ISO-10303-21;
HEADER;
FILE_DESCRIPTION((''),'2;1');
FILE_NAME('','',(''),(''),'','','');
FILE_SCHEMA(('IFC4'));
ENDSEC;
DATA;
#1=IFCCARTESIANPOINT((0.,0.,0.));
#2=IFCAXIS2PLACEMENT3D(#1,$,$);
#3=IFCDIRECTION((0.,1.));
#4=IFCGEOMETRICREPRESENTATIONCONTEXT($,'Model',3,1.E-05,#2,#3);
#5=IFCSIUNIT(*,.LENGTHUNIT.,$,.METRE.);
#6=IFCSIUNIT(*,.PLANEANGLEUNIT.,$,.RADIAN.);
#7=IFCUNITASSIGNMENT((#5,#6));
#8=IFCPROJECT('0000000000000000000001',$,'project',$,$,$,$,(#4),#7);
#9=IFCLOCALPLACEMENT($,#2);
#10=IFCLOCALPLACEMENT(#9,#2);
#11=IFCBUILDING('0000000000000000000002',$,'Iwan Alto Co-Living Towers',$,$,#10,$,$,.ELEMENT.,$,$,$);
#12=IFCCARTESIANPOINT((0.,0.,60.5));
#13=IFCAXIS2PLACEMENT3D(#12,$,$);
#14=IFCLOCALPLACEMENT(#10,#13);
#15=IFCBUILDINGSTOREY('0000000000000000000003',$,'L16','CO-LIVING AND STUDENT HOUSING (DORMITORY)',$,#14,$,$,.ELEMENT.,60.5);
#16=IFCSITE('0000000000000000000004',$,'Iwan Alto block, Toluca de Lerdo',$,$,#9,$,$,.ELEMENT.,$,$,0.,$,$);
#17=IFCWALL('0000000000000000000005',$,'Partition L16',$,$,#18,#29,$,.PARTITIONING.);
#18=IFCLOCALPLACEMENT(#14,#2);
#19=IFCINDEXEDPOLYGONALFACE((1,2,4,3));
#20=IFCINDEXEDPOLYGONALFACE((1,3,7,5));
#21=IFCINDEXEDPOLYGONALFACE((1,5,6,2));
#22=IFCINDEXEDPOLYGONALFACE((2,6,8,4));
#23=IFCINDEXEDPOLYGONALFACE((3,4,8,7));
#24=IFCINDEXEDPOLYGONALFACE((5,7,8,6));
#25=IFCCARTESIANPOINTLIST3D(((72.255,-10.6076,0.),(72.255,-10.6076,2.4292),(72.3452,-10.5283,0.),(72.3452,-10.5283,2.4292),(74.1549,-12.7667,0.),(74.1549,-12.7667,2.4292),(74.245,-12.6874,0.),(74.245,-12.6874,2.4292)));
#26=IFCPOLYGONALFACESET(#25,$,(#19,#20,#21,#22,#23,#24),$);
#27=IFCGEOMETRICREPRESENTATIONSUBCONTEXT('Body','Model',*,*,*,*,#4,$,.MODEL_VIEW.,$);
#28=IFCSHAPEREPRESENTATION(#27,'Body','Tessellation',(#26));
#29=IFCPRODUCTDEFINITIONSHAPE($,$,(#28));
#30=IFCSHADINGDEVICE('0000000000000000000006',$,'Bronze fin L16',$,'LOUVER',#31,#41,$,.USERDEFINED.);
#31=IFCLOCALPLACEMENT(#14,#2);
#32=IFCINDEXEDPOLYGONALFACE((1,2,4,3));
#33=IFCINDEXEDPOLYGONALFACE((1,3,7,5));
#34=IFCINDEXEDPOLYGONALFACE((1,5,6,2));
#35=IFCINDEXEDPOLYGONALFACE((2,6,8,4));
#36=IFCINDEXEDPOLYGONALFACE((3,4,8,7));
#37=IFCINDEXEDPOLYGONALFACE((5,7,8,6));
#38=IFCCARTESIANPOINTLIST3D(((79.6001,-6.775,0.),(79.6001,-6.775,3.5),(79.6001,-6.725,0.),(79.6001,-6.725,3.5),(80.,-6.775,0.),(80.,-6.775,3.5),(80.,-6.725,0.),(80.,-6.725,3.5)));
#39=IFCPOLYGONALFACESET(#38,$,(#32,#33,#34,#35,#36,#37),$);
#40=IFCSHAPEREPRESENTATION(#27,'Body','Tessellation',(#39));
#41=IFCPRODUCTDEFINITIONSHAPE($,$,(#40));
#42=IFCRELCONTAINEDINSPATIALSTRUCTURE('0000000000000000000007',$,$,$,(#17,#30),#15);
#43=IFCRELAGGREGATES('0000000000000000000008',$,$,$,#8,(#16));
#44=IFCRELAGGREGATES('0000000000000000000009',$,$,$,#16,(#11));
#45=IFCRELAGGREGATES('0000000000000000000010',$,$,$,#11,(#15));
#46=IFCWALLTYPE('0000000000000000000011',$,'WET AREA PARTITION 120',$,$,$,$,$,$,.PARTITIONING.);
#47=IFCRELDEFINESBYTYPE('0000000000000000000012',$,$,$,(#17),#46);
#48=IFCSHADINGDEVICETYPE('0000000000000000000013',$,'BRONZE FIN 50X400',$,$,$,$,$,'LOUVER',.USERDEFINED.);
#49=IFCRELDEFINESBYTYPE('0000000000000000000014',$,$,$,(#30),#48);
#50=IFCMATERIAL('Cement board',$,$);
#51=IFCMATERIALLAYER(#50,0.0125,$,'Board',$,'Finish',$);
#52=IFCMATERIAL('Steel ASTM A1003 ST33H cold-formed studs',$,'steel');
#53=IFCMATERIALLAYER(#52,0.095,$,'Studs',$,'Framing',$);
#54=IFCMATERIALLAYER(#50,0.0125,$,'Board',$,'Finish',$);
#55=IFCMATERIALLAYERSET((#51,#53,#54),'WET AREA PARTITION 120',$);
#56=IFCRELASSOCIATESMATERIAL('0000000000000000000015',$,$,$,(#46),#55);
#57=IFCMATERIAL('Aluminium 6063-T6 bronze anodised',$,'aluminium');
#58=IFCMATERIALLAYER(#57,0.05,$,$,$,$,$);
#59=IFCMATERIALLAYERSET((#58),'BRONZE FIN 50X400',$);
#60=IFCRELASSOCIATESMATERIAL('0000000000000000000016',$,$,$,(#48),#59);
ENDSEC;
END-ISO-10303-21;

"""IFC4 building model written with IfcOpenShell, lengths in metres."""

from ifc_helpers import new_model, si_unit, direction, frame, frame_2d, origin, origin_2d, place, context, subcontext, project, spatial, rectangle, extrude, material, layer, layer_set, type_object, element, save


model = new_model("IFC4")

# Units and contexts
model_context = context("Model", 3, precision=1e-05, world=origin(), true_north=direction((0.0, 1.0)))
body_context = subcontext(model_context, "Body", "Model", "MODEL_VIEW")
ifc_project = project(units=[si_unit("LENGTHUNIT", "METRE"), si_unit("PLANEANGLEUNIT", "RADIAN")], contexts=[model_context])

# Site, building, storey
site_placement = place(None, origin())
site = spatial("IfcSite", under=ifc_project, at=site_placement, Name="Iwan Alto block, Toluca de Lerdo", CompositionType="ELEMENT", RefElevation=0.0)
building_placement = place(site_placement, origin())
building = spatial("IfcBuilding", under=site, at=building_placement, Name="Iwan Alto Co-Living Towers", CompositionType="ELEMENT")
storey_placement = place(building_placement, frame((0.0, 0.0, 60.5)))
storey = spatial("IfcBuildingStorey", under=building, at=storey_placement, Name="L16", Description="CO-LIVING AND STUDENT HOUSING (DORMITORY)", CompositionType="ELEMENT", Elevation=60.5)

# Shared definitions
ifc_material_1 = material(Name="Steel ASTM A1003 ST33H cold-formed studs", Category="steel")
ifc_material_2 = material(Name="Cement board")
ifc_layer_1 = layer(ifc_material_2, 0.0125, Name="Board", Category="Finish")
ifc_layer_2 = layer(ifc_material_1, 0.095, Name="Studs", Category="Framing")
ifc_layer_3 = layer(ifc_material_2, 0.0125, Name="Board", Category="Finish")
ifc_layer_set_1 = layer_set([ifc_layer_1, ifc_layer_2, ifc_layer_3], Name="WET AREA PARTITION 120")
wall_type_1 = type_object("IfcWallType", Name="WET AREA PARTITION 120", PredefinedType="PARTITIONING", material=ifc_layer_set_1)

# Wall
wall_1_placement = place(storey_placement, frame((74.2, -12.7271, 0.0), z_axis=(0.0, 0.0, 1.0), x_axis=(-0.660593, 0.750744, 0.0)))
element("IfcWall", 1, at=wall_1_placement, inside=storey, type_object=wall_type_1, Name="Partition L16", PredefinedType="PARTITIONING", context=body_context, shape_type="SweptSolid", body=[
    extrude(rectangle(XDim=2.876, YDim=0.1201, at=frame_2d((1.438, 0.0))), origin(), (0.0, 0.0, 1.0), 2.4292),
])

# Shading device
ifc_material_3 = material(Name="Aluminium 6063-T6 bronze anodised", Category="aluminium")
ifc_layer_4 = layer(ifc_material_3, 0.05)
ifc_layer_set_2 = layer_set([ifc_layer_4], Name="BRONZE FIN 50X400")
shading_device_type = type_object("IfcShadingDeviceType", Name="BRONZE FIN 50X400", ElementType="LOUVER", PredefinedType="USERDEFINED", material=ifc_layer_set_2)
shading_device_placement = place(storey_placement, frame((79.8, -6.75, 0.0), z_axis=(0.0, 0.0, 1.0), x_axis=(0.0, 1.0, 0.0)))
element("IfcShadingDevice", 2, at=shading_device_placement, inside=storey, type_object=shading_device_type, Name="Bronze fin L16", ObjectType="LOUVER", PredefinedType="USERDEFINED", context=body_context, shape_type="SweptSolid", body=[
    extrude(rectangle(XDim=0.05, YDim=0.3999, at=origin_2d()), origin(), (0.0, 0.0, 1.0), 3.5),
])

save(model, "model.ifc")
